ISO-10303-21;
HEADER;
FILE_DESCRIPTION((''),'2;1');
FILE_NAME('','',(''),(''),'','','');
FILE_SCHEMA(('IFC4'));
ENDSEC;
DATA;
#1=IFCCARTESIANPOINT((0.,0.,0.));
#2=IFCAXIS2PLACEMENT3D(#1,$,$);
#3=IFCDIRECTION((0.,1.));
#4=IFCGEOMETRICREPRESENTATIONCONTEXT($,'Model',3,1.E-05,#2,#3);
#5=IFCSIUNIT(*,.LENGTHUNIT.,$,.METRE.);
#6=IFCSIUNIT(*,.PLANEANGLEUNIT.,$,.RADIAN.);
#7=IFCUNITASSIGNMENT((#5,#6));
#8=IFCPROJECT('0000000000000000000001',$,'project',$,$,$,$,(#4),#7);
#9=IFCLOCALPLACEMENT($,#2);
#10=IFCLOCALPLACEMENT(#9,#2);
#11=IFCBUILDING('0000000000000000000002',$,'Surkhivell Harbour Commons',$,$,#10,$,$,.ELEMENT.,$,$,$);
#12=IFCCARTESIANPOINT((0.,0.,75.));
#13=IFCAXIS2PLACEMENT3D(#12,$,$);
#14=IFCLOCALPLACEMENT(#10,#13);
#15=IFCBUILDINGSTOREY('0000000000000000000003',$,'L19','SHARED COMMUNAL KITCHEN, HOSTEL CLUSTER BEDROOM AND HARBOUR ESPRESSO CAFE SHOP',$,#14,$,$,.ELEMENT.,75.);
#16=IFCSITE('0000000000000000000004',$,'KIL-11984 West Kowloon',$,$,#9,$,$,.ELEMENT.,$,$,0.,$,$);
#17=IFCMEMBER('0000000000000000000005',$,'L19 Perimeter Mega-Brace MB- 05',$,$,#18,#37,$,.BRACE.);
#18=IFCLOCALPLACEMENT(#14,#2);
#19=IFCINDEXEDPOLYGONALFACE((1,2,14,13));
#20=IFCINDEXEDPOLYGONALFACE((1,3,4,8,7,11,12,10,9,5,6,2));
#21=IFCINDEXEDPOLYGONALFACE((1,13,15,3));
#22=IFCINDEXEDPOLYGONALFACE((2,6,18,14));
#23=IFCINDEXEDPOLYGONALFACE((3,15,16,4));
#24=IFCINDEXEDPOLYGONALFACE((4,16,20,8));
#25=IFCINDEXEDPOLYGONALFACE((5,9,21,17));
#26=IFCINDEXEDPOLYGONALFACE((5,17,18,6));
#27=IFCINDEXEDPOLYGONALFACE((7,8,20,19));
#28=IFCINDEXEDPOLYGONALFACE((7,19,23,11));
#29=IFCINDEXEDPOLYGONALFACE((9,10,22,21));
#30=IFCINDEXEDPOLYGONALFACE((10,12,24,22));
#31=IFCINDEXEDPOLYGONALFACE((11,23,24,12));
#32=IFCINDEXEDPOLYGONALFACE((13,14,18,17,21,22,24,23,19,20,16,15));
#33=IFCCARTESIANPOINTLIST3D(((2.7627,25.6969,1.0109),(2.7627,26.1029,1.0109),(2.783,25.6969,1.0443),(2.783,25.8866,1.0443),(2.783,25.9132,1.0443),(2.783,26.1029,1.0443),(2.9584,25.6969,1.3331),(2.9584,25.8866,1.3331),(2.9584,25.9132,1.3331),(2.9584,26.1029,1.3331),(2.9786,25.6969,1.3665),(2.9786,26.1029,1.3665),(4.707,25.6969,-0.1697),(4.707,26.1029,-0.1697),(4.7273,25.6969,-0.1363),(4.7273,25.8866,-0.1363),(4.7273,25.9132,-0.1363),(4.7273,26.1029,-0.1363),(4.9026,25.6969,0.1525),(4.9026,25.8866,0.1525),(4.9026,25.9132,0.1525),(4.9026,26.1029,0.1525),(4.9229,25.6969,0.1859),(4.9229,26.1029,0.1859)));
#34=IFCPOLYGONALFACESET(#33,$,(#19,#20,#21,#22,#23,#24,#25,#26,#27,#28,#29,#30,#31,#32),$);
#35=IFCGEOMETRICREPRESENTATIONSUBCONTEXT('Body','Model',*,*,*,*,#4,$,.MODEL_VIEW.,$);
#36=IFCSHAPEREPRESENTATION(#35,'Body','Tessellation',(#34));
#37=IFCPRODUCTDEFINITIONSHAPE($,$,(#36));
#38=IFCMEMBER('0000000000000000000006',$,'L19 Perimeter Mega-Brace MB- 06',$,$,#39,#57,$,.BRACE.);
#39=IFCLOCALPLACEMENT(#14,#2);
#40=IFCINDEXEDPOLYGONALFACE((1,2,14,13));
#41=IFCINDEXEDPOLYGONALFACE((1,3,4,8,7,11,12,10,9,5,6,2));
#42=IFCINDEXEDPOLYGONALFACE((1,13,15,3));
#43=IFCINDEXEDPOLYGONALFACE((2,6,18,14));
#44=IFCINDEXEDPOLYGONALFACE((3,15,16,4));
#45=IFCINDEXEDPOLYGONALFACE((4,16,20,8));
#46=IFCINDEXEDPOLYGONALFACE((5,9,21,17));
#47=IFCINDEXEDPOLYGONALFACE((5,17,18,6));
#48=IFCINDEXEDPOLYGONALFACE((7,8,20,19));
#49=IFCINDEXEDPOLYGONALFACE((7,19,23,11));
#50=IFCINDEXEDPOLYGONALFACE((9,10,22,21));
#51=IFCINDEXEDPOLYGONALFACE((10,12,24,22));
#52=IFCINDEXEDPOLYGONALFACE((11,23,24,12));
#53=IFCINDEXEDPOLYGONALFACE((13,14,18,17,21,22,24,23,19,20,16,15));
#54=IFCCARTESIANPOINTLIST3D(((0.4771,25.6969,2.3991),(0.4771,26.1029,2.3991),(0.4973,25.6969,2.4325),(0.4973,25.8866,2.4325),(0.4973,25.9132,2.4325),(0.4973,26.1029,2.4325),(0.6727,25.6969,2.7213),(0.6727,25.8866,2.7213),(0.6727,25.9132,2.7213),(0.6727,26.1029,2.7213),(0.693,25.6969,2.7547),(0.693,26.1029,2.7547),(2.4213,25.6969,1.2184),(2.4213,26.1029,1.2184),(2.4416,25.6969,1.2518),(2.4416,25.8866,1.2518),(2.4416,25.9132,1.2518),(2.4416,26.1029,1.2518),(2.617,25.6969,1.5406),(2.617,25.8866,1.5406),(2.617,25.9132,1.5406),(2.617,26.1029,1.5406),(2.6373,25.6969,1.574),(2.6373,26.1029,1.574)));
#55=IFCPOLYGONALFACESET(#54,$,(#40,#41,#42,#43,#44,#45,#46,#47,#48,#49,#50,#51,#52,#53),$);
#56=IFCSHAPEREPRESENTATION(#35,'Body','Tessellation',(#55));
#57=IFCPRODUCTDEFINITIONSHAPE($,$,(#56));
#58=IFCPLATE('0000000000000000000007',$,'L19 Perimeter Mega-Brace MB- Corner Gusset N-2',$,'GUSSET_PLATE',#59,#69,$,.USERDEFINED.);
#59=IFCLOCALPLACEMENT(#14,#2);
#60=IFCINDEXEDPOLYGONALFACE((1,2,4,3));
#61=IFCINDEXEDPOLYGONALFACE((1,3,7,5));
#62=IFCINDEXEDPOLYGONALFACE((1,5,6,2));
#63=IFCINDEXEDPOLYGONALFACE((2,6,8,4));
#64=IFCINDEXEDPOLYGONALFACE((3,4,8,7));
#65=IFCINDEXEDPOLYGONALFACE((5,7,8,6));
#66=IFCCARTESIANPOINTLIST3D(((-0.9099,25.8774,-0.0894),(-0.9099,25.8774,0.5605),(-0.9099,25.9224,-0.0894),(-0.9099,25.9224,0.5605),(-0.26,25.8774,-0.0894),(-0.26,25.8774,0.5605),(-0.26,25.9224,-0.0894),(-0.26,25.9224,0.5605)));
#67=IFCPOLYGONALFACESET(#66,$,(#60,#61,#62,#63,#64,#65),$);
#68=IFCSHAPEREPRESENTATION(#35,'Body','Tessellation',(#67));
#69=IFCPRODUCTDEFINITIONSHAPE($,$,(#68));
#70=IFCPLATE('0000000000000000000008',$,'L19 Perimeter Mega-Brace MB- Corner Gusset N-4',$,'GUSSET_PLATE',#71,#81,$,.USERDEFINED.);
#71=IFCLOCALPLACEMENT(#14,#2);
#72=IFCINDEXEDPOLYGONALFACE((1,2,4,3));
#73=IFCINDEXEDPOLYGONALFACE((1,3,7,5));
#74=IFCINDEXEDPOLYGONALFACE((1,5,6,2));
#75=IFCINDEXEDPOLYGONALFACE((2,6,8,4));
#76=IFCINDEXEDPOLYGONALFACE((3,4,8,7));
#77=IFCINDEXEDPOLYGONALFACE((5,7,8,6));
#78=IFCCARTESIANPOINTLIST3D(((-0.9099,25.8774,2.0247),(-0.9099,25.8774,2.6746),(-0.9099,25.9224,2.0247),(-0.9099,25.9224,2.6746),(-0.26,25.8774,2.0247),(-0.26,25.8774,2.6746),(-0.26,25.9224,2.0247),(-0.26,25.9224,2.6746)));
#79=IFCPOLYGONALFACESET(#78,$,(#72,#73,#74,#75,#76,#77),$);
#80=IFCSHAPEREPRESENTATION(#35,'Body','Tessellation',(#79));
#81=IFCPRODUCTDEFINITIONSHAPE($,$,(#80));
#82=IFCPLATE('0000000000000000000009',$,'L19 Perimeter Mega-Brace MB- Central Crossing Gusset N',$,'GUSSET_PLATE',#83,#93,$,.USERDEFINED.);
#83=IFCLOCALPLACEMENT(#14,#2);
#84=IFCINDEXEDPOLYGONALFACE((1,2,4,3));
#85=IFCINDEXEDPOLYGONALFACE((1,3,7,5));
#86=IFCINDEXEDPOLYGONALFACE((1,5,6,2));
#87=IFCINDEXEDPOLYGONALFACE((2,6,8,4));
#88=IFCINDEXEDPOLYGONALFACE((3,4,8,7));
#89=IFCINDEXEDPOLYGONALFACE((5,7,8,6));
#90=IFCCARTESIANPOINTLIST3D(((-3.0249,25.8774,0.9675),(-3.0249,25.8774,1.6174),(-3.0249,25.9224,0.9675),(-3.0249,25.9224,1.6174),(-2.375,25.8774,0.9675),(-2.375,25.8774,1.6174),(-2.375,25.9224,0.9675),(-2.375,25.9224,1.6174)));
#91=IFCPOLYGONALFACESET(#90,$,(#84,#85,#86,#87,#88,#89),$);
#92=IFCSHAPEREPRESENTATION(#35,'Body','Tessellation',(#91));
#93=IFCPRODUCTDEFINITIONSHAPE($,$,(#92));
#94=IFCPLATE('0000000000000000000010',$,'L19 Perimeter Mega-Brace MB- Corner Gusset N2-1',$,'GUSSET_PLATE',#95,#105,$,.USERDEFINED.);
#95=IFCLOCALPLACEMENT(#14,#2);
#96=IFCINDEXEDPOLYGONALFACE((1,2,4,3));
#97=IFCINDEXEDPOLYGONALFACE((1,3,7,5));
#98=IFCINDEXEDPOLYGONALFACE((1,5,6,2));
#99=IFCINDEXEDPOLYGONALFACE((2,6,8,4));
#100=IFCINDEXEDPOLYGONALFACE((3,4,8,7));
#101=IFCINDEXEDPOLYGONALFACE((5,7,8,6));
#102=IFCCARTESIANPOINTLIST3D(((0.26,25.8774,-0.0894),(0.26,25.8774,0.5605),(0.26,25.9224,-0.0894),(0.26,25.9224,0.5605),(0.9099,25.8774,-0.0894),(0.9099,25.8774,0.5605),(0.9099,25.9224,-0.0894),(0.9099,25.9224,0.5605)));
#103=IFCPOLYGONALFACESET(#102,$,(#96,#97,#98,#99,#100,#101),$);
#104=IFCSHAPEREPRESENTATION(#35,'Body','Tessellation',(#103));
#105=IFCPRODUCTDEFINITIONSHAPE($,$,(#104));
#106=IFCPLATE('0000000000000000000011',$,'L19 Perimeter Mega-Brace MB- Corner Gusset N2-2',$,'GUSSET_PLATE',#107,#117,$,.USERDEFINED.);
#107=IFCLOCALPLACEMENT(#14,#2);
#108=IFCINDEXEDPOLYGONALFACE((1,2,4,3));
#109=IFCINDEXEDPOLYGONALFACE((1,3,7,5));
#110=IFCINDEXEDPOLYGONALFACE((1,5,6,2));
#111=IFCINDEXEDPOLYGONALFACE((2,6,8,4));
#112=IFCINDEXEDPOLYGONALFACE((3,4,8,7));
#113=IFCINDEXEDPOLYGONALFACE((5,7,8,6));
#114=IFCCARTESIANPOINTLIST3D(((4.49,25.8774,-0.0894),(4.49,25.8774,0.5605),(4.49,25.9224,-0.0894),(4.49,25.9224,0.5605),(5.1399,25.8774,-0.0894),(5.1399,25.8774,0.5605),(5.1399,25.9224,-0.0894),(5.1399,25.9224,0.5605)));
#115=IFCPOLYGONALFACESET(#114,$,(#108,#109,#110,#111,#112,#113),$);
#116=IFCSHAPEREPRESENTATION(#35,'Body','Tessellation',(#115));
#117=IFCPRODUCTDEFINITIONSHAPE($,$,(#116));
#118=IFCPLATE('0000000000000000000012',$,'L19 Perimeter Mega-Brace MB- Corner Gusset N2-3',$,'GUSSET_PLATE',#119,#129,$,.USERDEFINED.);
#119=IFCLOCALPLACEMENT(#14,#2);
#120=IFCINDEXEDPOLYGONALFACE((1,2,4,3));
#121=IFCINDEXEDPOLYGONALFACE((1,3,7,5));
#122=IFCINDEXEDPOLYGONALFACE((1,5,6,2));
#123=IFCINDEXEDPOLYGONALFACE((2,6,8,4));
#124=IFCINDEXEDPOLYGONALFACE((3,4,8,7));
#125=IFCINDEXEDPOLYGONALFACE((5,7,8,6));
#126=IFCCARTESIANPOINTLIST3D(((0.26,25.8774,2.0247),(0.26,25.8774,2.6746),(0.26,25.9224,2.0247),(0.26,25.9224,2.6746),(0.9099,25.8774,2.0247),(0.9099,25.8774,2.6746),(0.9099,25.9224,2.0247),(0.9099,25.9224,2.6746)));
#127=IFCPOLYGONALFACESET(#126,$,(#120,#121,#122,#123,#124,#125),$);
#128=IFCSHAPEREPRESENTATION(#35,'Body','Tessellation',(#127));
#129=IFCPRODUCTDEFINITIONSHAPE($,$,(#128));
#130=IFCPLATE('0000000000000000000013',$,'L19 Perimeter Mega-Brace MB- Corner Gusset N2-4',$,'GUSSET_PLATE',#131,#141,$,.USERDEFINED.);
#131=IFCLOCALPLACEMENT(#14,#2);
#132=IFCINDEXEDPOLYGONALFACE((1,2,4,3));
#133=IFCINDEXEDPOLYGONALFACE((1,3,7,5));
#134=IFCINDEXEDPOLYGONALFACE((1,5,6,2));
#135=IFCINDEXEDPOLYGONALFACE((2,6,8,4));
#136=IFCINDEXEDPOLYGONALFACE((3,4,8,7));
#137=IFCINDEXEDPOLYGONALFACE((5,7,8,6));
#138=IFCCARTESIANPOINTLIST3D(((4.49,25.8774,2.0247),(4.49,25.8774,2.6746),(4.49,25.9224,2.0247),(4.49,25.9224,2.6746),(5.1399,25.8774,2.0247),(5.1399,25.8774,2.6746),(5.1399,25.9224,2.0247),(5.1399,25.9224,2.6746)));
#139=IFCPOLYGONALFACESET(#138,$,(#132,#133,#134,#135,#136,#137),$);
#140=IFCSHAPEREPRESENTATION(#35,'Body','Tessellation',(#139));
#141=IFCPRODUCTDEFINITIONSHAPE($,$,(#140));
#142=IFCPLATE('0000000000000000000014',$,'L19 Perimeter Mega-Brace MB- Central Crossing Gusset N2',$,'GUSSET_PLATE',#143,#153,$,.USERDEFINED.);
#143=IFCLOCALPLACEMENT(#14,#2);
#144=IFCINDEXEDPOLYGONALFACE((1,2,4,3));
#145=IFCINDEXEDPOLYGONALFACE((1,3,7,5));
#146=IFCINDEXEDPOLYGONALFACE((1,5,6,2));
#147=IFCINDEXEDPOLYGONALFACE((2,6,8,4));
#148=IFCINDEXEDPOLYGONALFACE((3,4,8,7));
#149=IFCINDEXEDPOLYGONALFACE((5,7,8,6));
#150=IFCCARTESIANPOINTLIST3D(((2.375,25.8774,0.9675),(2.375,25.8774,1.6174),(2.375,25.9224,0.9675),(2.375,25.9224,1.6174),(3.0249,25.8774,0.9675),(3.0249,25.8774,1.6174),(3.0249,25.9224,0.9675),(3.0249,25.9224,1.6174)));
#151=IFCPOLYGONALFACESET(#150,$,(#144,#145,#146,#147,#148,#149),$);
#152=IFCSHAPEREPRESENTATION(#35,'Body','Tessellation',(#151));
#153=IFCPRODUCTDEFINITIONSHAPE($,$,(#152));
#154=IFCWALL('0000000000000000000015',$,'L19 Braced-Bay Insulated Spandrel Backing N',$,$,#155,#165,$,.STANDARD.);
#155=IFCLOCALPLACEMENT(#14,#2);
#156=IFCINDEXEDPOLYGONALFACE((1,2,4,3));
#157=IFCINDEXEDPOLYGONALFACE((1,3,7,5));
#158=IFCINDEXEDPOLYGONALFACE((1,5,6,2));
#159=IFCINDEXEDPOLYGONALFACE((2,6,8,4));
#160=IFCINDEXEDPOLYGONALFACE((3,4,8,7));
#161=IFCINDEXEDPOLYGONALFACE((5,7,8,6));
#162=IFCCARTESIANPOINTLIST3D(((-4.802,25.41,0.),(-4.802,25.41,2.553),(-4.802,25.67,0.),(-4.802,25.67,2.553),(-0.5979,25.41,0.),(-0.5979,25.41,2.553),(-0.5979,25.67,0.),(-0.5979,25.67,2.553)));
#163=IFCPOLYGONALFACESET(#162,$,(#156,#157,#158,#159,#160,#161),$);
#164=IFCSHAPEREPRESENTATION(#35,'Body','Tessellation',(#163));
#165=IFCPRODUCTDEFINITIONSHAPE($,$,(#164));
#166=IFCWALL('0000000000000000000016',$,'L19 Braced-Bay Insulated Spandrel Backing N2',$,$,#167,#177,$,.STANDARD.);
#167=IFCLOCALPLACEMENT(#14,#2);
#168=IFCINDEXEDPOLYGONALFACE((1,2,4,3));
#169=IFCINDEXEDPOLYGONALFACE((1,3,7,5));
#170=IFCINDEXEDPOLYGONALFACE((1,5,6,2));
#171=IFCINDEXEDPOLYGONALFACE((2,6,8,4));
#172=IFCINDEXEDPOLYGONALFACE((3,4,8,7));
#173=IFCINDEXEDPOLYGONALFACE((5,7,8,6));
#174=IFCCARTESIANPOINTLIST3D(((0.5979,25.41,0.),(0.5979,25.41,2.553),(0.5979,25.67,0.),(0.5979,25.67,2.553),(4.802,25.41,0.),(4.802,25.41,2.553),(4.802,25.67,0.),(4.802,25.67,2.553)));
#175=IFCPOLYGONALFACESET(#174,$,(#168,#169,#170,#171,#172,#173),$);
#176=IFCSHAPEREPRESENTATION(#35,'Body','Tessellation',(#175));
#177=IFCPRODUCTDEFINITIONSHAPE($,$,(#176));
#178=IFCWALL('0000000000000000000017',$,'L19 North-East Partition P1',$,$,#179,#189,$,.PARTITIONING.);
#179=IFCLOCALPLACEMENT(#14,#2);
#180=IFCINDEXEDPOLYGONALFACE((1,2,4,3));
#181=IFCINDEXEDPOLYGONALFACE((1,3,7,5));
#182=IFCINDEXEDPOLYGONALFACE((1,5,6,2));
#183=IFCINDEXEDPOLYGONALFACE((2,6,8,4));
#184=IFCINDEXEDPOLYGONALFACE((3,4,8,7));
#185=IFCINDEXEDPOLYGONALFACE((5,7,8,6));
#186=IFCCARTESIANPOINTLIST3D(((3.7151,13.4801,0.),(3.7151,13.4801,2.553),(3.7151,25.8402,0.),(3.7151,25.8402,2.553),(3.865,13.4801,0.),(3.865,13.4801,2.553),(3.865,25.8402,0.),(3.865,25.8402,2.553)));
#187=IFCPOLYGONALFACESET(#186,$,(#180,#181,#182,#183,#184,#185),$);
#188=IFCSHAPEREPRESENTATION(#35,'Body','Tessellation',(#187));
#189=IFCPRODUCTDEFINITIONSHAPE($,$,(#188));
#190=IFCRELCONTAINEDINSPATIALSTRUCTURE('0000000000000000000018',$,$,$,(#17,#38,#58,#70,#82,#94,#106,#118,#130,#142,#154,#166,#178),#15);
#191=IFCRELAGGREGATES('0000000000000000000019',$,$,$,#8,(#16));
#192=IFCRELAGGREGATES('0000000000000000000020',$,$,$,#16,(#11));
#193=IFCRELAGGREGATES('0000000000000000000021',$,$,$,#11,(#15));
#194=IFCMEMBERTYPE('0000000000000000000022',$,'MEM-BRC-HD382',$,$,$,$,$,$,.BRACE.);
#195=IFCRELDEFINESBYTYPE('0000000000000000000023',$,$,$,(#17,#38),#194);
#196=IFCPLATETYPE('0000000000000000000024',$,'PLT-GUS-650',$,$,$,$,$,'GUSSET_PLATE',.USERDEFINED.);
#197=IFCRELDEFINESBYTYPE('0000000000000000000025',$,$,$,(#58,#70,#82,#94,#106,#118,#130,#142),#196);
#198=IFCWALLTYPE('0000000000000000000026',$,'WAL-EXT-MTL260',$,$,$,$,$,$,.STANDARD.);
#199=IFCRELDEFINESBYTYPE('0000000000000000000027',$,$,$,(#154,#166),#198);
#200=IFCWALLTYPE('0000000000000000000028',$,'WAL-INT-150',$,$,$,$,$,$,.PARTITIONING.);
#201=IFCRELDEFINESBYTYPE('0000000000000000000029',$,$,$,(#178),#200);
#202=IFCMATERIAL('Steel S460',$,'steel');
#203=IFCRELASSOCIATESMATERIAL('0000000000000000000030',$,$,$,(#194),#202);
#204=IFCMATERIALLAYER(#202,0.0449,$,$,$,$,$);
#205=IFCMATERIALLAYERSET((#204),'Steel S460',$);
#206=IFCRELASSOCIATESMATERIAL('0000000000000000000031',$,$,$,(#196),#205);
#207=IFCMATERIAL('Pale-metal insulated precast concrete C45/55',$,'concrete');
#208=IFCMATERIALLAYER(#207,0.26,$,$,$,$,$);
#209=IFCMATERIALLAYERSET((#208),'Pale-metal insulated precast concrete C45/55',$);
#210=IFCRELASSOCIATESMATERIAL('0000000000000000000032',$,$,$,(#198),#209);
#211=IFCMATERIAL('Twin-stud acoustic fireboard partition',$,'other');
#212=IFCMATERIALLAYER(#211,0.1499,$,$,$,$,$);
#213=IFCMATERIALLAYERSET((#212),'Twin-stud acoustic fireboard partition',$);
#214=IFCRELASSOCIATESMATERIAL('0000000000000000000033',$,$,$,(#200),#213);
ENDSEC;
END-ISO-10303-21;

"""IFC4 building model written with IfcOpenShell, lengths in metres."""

from ifc_helpers import new_model, si_unit, direction, frame, frame_2d, origin, origin_2d, place, context, subcontext, project, spatial, rectangle, i_section, extrude, material, layer, layer_set, material_profile, profile_set, type_object, element, save


model = new_model("IFC4")

# Units and contexts
model_context = context("Model", 3, precision=1e-05, world=origin(), true_north=direction((0.0, 1.0)))
body_context = subcontext(model_context, "Body", "Model", "MODEL_VIEW")
ifc_project = project(units=[si_unit("LENGTHUNIT", "METRE"), si_unit("PLANEANGLEUNIT", "RADIAN")], contexts=[model_context])

# Site, building, storey
site_placement = place(None, origin())
site = spatial("IfcSite", under=ifc_project, at=site_placement, Name="KIL-11984 West Kowloon", CompositionType="ELEMENT", RefElevation=0.0)
building_placement = place(site_placement, origin())
building = spatial("IfcBuilding", under=site, at=building_placement, Name="Surkhivell Harbour Commons", CompositionType="ELEMENT")
storey_placement = place(building_placement, frame((0.0, 0.0, 75.0)))
storey = spatial("IfcBuildingStorey", under=building, at=storey_placement, Name="L19", Description="SHARED COMMUNAL KITCHEN, HOSTEL CLUSTER BEDROOM AND HARBOUR ESPRESSO CAFE SHOP", CompositionType="ELEMENT", Elevation=75.0)

# Shared definitions
ifc_material_1 = material(Name="Steel S460", Category="steel")

# Members
ifc_material_profile_1 = material_profile(ifc_material_1, i_section(OverallWidth=0.406, OverallDepth=0.416, WebThickness=0.0266, FlangeThickness=0.0391, at=origin_2d()), Name="HD400x382")
ifc_profile_set_1 = profile_set([ifc_material_profile_1], Name="Steel S460")
member_type_1 = type_object("IfcMemberType", Name="MEM-BRC-HD382", PredefinedType="BRACE", material=ifc_profile_set_1)
for number, where, z_axis, x_axis, name in (
    (1, (4.8149, 25.8999, 0.0081), (-0.854754, 0.0, 0.519034), (0.0, -1.0, 0.0), "L19 Perimeter Mega-Brace MB- 05"),
    (2, (2.5293, 25.8999, 1.3962), (-0.854754, 0.0, 0.519034), (0.0, -1.0, 0.0), "L19 Perimeter Mega-Brace MB- 06"),
):
    element("IfcMember", number, at=place(storey_placement, frame(where, z_axis=z_axis, x_axis=x_axis)), inside=storey, type_object=member_type_1, Name=name, PredefinedType="BRACE", context=body_context, shape_type="SweptSolid", body=[
        extrude(i_section(OverallWidth=0.406, OverallDepth=0.416, WebThickness=0.0266, FlangeThickness=0.0391, at=origin_2d()), origin(), (0.0, 0.0, 1.0), 2.2747),
    ])

# Plates
ifc_layer_1 = layer(ifc_material_1, 0.0449)
ifc_layer_set_1 = layer_set([ifc_layer_1], Name="Steel S460")
plate_type_1 = type_object("IfcPlateType", Name="PLT-GUS-650", ElementType="GUSSET_PLATE", PredefinedType="USERDEFINED", material=ifc_layer_set_1)
for number, where, z_axis, x_axis, name in (
    (3, (-0.585, 25.8999, -0.0894), (0.0, 0.0, 1.0), (1.0, 0.0, 0.0), "L19 Perimeter Mega-Brace MB- Corner Gusset N-2"),
    (4, (-0.585, 25.8999, 2.0247), (0.0, 0.0, 1.0), (1.0, 0.0, 0.0), "L19 Perimeter Mega-Brace MB- Corner Gusset N-4"),
    (5, (-2.7, 25.8999, 0.9675), (0.0, 0.0, 1.0), (1.0, 0.0, 0.0), "L19 Perimeter Mega-Brace MB- Central Crossing Gusset N"),
    (6, (0.585, 25.8999, -0.0894), (0.0, 0.0, 1.0), (1.0, 0.0, 0.0), "L19 Perimeter Mega-Brace MB- Corner Gusset N2-1"),
    (7, (4.8149, 25.8999, -0.0894), (0.0, 0.0, 1.0), (1.0, 0.0, 0.0), "L19 Perimeter Mega-Brace MB- Corner Gusset N2-2"),
    (8, (0.585, 25.8999, 2.0247), (0.0, 0.0, 1.0), (1.0, 0.0, 0.0), "L19 Perimeter Mega-Brace MB- Corner Gusset N2-3"),
    (9, (4.8149, 25.8999, 2.0247), (0.0, 0.0, 1.0), (1.0, 0.0, 0.0), "L19 Perimeter Mega-Brace MB- Corner Gusset N2-4"),
    (10, (2.7, 25.8999, 0.9675), (0.0, 0.0, 1.0), (1.0, 0.0, 0.0), "L19 Perimeter Mega-Brace MB- Central Crossing Gusset N2"),
):
    element("IfcPlate", number, at=place(storey_placement, frame(where, z_axis=z_axis, x_axis=x_axis)), inside=storey, type_object=plate_type_1, Name=name, ObjectType="GUSSET_PLATE", PredefinedType="USERDEFINED", context=body_context, shape_type="SweptSolid", body=[
        extrude(rectangle(XDim=0.6499, YDim=0.0449, at=origin_2d()), origin(), (0.0, 0.0, 1.0), 0.6499),
    ])

# Walls
ifc_material_2 = material(Name="Pale-metal insulated precast concrete C45/55", Category="concrete")
ifc_layer_2 = layer(ifc_material_2, 0.26)
ifc_layer_set_2 = layer_set([ifc_layer_2], Name="Pale-metal insulated precast concrete C45/55")
wall_type_1 = type_object("IfcWallType", Name="WAL-EXT-MTL260", PredefinedType="STANDARD", material=ifc_layer_set_2)
for number, where, z_axis, x_axis, name in (
    (11, (-0.5979, 25.54, 0.0), (0.0, 0.0, 1.0), (-1.0, 0.0, 0.0), "L19 Braced-Bay Insulated Spandrel Backing N"),
    (12, (4.802, 25.54, 0.0), (0.0, 0.0, 1.0), (-1.0, 0.0, 0.0), "L19 Braced-Bay Insulated Spandrel Backing N2"),
):
    element("IfcWall", number, at=place(storey_placement, frame(where, z_axis=z_axis, x_axis=x_axis)), inside=storey, type_object=wall_type_1, Name=name, PredefinedType="STANDARD", context=body_context, shape_type="SweptSolid", body=[
        extrude(rectangle(XDim=4.2041, YDim=0.26, at=frame_2d((2.1021, 0.0))), origin(), (0.0, 0.0, 1.0), 2.553),
    ])
ifc_material_3 = material(Name="Twin-stud acoustic fireboard partition", Category="other")
ifc_layer_3 = layer(ifc_material_3, 0.1499)
ifc_layer_set_3 = layer_set([ifc_layer_3], Name="Twin-stud acoustic fireboard partition")
wall_type_2 = type_object("IfcWallType", Name="WAL-INT-150", PredefinedType="PARTITIONING", material=ifc_layer_set_3)
wall_placement = place(storey_placement, frame((3.79, 13.48, 0.0), z_axis=(0.0, 0.0, 1.0), x_axis=(0.0, 1.0, 0.0)))
element("IfcWall", 13, at=wall_placement, inside=storey, type_object=wall_type_2, Name="L19 North-East Partition P1", PredefinedType="PARTITIONING", context=body_context, shape_type="SweptSolid", body=[
    extrude(rectangle(XDim=12.3601, YDim=0.1499, at=frame_2d((6.1802, 0.0))), origin(), (0.0, 0.0, 1.0), 2.553),
])

save(model, "model.ifc")
